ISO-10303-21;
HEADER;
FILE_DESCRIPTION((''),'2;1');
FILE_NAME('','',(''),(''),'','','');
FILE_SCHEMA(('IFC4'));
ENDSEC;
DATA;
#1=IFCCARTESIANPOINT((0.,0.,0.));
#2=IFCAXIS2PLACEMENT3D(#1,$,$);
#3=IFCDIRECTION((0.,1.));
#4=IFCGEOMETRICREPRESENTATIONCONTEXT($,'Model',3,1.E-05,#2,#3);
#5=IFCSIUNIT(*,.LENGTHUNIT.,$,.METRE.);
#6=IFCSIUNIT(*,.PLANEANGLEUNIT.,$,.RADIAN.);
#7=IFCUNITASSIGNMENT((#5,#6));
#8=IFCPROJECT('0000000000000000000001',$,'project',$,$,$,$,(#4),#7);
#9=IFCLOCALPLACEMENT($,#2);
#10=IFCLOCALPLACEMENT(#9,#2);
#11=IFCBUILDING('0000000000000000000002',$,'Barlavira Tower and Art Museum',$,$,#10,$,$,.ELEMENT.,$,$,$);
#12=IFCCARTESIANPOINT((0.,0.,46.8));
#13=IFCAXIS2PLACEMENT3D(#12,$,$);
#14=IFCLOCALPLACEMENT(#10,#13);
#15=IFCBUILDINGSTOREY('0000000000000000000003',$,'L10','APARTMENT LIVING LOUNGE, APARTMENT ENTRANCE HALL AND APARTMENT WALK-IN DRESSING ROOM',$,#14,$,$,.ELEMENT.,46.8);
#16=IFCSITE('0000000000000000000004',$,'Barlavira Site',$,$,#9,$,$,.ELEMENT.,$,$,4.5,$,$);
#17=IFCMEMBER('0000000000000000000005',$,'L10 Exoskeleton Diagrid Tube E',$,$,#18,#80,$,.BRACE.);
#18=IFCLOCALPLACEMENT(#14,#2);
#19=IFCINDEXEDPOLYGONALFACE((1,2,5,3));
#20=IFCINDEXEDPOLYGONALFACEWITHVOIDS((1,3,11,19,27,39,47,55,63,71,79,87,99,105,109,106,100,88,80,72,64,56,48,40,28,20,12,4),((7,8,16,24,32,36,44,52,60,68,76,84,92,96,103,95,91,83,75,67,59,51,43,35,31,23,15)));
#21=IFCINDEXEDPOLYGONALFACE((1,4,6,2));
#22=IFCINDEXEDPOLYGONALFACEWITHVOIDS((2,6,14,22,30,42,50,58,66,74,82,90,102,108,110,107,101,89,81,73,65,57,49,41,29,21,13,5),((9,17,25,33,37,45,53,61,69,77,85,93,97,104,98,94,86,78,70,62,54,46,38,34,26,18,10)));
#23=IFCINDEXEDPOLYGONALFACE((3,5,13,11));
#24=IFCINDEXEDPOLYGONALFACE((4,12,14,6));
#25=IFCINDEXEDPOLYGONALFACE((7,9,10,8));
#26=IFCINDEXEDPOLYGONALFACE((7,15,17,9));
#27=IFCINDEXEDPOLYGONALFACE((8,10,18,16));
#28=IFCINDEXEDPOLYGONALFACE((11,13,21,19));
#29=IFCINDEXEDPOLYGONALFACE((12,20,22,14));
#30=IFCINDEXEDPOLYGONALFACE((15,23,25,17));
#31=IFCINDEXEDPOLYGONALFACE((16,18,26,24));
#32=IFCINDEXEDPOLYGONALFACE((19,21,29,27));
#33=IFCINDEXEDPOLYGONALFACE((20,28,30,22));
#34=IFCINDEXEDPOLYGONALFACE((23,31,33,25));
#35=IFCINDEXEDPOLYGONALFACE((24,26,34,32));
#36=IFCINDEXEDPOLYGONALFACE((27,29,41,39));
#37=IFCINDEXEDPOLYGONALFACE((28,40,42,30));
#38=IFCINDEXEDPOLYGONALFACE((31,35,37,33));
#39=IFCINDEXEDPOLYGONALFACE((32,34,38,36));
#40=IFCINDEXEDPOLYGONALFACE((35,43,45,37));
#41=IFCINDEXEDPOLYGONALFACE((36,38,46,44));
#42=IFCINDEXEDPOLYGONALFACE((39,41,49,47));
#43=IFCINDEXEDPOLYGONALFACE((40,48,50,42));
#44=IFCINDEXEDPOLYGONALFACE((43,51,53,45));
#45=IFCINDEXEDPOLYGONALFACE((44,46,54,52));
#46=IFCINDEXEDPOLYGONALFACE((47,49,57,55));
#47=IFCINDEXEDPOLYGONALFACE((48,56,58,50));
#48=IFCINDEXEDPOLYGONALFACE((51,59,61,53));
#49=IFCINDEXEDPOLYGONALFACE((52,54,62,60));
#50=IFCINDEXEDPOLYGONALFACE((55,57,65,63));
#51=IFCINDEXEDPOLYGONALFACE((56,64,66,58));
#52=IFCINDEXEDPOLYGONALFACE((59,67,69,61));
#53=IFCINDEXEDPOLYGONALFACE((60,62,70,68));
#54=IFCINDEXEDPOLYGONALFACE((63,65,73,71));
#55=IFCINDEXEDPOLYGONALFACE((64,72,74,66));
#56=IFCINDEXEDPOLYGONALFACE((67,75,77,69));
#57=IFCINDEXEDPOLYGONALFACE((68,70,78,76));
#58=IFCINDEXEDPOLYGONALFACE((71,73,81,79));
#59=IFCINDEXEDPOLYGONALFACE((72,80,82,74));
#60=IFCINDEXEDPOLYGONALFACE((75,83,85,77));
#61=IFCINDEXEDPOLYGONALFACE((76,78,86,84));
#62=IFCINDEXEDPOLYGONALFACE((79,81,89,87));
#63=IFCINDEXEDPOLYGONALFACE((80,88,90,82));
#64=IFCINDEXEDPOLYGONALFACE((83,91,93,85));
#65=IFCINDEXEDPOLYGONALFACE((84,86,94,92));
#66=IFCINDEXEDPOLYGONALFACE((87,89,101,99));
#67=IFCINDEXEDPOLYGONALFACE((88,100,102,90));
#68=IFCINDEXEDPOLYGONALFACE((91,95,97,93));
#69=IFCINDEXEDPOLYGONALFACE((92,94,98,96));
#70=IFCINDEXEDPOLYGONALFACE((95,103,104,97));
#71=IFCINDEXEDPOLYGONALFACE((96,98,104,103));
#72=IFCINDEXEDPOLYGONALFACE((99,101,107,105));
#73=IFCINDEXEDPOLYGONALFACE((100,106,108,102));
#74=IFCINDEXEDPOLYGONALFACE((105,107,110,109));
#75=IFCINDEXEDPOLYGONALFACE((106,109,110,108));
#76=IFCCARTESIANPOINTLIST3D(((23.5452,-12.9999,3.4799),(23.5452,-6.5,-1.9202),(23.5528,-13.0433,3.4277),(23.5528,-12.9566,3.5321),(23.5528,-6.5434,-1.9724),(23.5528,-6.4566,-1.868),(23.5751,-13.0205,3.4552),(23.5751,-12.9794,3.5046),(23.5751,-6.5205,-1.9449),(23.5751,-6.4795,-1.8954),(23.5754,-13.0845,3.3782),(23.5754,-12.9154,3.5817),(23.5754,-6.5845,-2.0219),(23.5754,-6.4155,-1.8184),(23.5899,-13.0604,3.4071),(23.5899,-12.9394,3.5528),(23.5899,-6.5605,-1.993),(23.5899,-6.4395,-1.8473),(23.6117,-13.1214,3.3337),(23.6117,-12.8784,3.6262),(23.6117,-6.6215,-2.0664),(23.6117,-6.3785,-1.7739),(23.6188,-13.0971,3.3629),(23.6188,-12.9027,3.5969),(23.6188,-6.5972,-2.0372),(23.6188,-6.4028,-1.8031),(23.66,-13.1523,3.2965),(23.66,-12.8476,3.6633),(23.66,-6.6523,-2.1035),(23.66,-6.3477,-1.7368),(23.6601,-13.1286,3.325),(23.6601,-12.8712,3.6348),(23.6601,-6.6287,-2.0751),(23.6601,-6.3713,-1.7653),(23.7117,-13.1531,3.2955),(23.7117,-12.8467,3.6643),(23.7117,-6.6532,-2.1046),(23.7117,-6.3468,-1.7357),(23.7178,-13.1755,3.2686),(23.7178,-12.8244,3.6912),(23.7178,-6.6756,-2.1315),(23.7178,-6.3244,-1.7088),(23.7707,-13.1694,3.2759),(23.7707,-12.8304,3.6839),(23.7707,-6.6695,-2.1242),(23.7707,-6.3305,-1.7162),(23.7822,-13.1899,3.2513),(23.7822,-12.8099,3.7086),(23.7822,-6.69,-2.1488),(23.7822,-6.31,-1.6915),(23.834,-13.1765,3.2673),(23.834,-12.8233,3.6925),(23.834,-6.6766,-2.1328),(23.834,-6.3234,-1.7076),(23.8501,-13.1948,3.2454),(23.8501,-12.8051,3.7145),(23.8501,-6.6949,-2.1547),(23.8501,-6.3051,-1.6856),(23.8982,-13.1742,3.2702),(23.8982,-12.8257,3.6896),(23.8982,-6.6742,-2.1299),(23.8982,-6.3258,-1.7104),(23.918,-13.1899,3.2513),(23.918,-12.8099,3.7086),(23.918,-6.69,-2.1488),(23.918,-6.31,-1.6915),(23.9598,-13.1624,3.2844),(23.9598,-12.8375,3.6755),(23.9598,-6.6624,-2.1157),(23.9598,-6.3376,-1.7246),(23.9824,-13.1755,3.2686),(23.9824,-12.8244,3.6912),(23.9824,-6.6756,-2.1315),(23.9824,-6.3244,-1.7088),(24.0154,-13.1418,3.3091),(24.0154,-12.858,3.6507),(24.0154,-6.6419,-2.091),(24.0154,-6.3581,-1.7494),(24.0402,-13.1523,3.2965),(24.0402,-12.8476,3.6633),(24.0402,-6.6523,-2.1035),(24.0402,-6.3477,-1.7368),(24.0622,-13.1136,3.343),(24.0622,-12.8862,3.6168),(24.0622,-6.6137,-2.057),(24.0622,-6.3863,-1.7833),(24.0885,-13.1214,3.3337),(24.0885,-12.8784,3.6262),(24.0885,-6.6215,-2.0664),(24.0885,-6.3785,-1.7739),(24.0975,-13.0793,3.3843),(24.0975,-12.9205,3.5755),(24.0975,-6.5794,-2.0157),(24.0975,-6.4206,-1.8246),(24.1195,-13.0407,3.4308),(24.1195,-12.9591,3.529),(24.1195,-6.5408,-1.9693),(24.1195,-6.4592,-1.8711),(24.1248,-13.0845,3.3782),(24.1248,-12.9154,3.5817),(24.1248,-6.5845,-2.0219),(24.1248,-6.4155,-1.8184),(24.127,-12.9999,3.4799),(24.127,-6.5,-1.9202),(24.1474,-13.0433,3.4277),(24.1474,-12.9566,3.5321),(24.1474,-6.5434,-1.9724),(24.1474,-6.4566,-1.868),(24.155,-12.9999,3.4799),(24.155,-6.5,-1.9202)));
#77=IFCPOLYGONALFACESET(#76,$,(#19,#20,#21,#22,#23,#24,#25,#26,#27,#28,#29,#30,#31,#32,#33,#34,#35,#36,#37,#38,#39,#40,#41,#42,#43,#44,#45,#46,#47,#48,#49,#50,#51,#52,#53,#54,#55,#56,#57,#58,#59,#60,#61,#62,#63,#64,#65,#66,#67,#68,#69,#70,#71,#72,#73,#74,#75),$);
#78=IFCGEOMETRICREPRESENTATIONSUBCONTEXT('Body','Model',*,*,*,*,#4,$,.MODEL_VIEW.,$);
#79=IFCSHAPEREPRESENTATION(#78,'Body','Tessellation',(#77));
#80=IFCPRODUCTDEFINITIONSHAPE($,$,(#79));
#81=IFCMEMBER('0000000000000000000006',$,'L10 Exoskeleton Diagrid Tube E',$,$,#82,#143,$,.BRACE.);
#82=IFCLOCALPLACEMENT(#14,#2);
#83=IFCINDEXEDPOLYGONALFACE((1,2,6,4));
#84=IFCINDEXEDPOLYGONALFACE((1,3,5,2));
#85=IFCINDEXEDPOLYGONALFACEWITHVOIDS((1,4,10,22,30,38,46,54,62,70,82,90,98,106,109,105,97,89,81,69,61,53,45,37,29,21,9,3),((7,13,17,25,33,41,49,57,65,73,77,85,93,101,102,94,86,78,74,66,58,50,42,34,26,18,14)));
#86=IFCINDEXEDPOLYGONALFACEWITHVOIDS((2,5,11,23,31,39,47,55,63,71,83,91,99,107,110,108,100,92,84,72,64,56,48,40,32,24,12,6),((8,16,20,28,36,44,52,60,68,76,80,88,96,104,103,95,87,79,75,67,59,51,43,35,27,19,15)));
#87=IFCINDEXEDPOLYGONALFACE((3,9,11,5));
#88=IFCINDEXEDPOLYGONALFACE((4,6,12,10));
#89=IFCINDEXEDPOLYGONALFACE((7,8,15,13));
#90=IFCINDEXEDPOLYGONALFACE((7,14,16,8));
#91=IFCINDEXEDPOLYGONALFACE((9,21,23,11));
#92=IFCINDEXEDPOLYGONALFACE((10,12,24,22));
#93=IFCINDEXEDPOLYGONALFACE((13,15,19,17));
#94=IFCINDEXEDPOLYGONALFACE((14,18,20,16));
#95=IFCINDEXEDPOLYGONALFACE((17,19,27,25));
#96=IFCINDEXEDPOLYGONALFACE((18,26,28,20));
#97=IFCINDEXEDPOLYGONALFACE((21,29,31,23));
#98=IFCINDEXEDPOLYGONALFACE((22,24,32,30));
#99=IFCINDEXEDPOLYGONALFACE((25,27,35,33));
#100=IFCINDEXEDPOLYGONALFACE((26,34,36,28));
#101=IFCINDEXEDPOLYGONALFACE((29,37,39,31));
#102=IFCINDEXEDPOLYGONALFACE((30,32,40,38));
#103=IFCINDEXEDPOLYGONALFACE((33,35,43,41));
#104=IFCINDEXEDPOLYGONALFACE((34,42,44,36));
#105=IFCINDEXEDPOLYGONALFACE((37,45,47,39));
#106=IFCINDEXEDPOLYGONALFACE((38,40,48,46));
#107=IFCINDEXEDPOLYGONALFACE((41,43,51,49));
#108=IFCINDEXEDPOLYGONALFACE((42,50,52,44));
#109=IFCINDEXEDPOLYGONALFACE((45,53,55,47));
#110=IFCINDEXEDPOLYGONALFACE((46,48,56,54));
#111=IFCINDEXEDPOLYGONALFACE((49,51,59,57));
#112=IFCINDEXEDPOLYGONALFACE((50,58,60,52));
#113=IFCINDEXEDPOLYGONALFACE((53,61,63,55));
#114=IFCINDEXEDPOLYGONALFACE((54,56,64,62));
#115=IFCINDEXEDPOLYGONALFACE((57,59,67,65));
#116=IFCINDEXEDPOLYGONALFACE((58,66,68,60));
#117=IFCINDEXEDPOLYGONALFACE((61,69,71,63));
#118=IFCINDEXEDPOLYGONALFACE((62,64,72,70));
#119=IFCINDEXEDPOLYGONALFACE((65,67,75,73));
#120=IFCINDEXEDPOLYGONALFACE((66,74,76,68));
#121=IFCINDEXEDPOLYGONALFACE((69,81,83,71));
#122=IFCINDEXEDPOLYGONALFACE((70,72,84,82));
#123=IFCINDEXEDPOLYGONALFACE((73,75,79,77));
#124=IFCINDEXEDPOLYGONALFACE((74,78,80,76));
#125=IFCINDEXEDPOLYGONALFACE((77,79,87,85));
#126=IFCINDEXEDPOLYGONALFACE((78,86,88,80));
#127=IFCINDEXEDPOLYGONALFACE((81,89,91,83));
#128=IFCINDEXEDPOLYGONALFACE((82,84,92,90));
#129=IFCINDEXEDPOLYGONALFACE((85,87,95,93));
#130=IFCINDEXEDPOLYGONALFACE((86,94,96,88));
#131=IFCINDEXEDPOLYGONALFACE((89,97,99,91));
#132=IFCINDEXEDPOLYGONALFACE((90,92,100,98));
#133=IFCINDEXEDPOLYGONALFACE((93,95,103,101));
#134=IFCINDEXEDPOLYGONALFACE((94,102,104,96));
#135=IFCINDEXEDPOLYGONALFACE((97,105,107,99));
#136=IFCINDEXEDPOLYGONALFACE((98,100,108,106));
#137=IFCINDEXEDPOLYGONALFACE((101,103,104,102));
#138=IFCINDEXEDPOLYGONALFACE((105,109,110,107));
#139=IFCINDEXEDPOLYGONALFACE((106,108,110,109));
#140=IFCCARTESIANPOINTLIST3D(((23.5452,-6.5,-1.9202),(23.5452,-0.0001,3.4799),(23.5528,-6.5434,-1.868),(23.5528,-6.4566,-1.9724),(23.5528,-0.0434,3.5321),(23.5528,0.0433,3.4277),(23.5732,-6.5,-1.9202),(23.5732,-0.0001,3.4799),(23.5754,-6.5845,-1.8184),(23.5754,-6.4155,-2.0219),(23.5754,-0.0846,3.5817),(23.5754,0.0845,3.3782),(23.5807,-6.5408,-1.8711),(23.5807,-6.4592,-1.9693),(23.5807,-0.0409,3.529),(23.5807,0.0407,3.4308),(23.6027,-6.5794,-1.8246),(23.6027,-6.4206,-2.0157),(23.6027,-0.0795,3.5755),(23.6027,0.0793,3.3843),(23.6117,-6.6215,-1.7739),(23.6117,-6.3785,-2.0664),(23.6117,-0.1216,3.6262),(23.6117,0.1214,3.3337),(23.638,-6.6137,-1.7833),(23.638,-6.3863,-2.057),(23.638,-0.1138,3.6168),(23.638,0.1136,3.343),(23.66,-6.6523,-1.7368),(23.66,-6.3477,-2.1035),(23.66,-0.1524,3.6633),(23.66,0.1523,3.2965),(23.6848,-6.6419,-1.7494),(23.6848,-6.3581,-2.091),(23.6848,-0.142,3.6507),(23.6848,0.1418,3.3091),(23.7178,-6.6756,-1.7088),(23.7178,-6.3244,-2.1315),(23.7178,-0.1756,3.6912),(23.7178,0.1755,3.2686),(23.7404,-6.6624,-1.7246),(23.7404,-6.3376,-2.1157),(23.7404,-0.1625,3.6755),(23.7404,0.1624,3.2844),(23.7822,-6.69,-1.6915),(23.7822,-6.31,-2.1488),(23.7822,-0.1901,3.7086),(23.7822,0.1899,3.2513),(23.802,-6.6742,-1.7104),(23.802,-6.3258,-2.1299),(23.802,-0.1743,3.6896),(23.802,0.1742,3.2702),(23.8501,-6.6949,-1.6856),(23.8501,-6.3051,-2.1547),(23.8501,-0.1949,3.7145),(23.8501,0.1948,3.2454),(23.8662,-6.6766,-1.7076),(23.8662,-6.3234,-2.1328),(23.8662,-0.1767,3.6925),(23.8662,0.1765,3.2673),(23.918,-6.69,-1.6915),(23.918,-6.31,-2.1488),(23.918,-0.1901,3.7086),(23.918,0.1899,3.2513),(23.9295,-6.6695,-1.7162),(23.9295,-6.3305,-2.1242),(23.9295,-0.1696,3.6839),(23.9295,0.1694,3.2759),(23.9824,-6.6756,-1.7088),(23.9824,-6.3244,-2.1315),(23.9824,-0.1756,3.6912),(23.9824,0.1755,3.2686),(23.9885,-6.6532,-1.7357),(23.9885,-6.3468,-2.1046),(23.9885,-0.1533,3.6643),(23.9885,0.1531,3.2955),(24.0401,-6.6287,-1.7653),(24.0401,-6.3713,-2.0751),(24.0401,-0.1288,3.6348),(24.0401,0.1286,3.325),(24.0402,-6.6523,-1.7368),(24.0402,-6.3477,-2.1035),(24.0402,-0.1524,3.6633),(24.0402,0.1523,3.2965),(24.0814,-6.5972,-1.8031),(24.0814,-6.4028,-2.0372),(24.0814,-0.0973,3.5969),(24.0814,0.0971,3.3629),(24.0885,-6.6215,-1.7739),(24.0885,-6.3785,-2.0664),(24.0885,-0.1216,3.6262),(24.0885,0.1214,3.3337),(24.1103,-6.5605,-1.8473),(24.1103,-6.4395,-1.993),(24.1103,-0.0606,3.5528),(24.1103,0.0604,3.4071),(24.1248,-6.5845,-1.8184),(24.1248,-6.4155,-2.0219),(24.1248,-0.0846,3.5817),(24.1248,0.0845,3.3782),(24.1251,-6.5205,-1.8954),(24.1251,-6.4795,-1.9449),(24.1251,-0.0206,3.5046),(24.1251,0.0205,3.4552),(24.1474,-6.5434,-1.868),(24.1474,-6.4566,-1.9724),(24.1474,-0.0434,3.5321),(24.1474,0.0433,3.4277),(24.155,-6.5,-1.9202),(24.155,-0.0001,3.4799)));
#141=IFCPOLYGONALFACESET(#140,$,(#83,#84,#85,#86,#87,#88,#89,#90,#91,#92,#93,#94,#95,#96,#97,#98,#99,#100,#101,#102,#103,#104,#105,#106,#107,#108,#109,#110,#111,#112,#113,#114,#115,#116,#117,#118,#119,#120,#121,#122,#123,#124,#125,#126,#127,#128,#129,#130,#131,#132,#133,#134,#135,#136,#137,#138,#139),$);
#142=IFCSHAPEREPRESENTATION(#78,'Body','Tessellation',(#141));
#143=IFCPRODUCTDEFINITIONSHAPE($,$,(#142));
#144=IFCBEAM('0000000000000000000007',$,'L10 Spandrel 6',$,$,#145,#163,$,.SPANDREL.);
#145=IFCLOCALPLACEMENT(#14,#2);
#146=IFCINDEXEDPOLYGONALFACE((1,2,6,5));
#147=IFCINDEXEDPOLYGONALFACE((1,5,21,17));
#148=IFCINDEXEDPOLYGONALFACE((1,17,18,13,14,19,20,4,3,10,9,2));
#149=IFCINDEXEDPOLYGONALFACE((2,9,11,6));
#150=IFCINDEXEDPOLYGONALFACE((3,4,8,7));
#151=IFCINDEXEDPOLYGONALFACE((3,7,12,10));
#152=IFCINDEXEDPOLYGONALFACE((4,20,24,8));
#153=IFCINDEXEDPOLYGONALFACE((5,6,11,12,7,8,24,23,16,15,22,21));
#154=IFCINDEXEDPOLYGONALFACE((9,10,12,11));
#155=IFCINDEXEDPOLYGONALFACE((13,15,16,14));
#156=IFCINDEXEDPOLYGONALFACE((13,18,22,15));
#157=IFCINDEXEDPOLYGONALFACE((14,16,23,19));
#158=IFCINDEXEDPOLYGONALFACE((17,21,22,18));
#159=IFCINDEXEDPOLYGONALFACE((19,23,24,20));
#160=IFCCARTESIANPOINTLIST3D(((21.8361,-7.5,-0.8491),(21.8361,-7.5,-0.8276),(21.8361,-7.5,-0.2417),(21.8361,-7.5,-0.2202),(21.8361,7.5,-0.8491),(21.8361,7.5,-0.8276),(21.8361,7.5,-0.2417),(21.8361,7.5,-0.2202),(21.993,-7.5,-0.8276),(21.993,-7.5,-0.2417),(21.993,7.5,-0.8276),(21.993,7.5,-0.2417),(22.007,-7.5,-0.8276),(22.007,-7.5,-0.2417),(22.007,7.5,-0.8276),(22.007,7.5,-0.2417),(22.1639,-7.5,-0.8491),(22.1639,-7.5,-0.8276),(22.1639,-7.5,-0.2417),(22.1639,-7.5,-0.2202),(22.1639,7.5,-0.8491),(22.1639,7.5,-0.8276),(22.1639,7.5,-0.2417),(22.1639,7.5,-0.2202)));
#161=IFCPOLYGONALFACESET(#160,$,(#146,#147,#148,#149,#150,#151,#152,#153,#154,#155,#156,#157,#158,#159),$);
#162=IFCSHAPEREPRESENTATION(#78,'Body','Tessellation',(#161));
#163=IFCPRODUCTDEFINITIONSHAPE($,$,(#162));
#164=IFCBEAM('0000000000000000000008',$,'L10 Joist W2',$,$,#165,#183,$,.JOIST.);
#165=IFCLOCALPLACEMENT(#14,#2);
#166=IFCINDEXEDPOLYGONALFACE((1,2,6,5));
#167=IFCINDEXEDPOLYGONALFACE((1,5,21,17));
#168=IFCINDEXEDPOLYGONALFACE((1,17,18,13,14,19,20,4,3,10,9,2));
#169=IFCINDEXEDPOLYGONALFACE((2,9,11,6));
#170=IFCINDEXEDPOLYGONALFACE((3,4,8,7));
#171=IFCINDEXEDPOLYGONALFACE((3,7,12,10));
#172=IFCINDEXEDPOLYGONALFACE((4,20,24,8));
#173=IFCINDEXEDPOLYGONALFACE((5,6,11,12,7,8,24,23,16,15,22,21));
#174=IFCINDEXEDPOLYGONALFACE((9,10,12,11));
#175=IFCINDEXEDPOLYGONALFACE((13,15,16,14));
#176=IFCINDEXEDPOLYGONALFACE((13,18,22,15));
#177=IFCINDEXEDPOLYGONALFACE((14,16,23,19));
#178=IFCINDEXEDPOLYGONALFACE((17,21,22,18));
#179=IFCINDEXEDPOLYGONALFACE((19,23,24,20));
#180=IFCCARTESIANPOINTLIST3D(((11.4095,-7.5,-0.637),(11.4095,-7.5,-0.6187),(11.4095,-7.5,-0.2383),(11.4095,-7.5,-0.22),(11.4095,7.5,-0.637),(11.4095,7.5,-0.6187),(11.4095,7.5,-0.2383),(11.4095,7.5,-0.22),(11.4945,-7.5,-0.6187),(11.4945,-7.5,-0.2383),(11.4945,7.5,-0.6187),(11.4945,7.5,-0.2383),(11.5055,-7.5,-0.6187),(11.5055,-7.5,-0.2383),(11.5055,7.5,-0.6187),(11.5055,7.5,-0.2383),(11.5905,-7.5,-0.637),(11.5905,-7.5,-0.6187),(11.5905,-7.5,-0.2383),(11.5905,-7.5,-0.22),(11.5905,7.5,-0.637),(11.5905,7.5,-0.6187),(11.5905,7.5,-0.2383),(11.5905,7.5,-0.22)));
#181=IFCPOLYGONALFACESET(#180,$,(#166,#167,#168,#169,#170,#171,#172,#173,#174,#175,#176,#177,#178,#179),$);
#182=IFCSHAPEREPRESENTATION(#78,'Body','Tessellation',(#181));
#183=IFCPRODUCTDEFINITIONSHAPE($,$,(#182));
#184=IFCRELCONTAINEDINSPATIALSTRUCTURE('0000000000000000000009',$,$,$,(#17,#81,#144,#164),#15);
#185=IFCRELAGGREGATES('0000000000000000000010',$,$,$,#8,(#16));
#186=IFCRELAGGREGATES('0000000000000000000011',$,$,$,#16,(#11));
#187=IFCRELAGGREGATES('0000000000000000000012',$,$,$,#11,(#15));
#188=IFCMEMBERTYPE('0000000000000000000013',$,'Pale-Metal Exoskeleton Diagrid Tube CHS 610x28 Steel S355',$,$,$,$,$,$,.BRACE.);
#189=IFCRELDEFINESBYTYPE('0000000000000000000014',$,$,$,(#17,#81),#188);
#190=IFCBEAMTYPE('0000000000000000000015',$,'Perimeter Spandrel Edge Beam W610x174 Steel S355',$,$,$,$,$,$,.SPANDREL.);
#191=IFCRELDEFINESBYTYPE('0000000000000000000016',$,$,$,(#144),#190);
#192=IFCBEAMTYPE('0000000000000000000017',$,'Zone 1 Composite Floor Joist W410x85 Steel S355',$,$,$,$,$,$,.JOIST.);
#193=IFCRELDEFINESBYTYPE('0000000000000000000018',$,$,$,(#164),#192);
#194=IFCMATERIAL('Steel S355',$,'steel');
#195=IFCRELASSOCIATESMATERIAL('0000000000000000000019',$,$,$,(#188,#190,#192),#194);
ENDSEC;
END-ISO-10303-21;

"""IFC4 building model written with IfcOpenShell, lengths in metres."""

from ifc_helpers import new_model, si_unit, direction, frame, origin, origin_2d, place, context, subcontext, project, spatial, hollow_circle, i_section, extrude, material, material_profile, profile_set, type_object, element, save


model = new_model("IFC4")

# Units and contexts
model_context = context("Model", 3, precision=1e-05, world=origin(), true_north=direction((0.0, 1.0)))
body_context = subcontext(model_context, "Body", "Model", "MODEL_VIEW")
ifc_project = project(units=[si_unit("LENGTHUNIT", "METRE"), si_unit("PLANEANGLEUNIT", "RADIAN")], contexts=[model_context])

# Site, building, storey
site_placement = place(None, origin())
site = spatial("IfcSite", under=ifc_project, at=site_placement, Name="Barlavira Site", CompositionType="ELEMENT", RefElevation=4.5)
building_placement = place(site_placement, origin())
building = spatial("IfcBuilding", under=site, at=building_placement, Name="Barlavira Tower and Art Museum", CompositionType="ELEMENT")
storey_placement = place(building_placement, frame((0.0, 0.0, 46.8)))
storey = spatial("IfcBuildingStorey", under=building, at=storey_placement, Name="L10", Description="APARTMENT LIVING LOUNGE, APARTMENT ENTRANCE HALL AND APARTMENT WALK-IN DRESSING ROOM", CompositionType="ELEMENT", Elevation=46.8)

# Members
ifc_material_1 = material(Name="Steel S355", Category="steel")
ifc_material_profile_1 = material_profile(ifc_material_1, hollow_circle(Radius=0.3049, WallThickness=0.0281, at=origin_2d()), Name="CHS 610.0x28.0")
ifc_profile_set_1 = profile_set([ifc_material_profile_1], Name="Steel S355")
member_type_1 = type_object("IfcMemberType", Name="Pale-Metal Exoskeleton Diagrid Tube CHS 610x28 Steel S355", PredefinedType="BRACE", material=ifc_profile_set_1)
for number, where, z_axis, x_axis, name in (
    (1, (23.8501, -6.5, -1.9202), (0.0, -0.769182, 0.63903), (1.0, 0.0, 0.0), "L10 Exoskeleton Diagrid Tube E"),
    (2, (23.8501, -6.5, -1.9202), (0.0, 0.769182, 0.63903), (-1.0, 0.0, 0.0), "L10 Exoskeleton Diagrid Tube E"),
):
    element("IfcMember", number, at=place(storey_placement, frame(where, z_axis=z_axis, x_axis=x_axis)), inside=storey, type_object=member_type_1, Name=name, PredefinedType="BRACE", context=body_context, shape_type="SweptSolid", body=[
        extrude(hollow_circle(Radius=0.3049, WallThickness=0.0281, at=origin_2d()), origin(), (0.0, 0.0, 1.0), 8.4504),
    ])

# Beams
ifc_material_profile_2 = material_profile(ifc_material_1, i_section(OverallWidth=0.3279, OverallDepth=0.6289, WebThickness=0.0139, FlangeThickness=0.0215, at=origin_2d()), Name="W610x174.0")
ifc_profile_set_2 = profile_set([ifc_material_profile_2], Name="Steel S355")
beam_type_1 = type_object("IfcBeamType", Name="Perimeter Spandrel Edge Beam W610x174 Steel S355", PredefinedType="SPANDREL", material=ifc_profile_set_2)
beam_1_placement = place(storey_placement, frame((22.0, -7.5, -0.5347), z_axis=(0.0, 1.0, 0.0), x_axis=(-1.0, 0.0, 0.0)))
element("IfcBeam", 3, at=beam_1_placement, inside=storey, type_object=beam_type_1, Name="L10 Spandrel 6", PredefinedType="SPANDREL", context=body_context, shape_type="SweptSolid", body=[
    extrude(i_section(OverallWidth=0.3279, OverallDepth=0.6289, WebThickness=0.0139, FlangeThickness=0.0215, at=origin_2d()), origin(), (0.0, 0.0, 1.0), 15.0),
])
ifc_material_profile_3 = material_profile(ifc_material_1, i_section(OverallWidth=0.1809, OverallDepth=0.417, WebThickness=0.011, FlangeThickness=0.0183, at=origin_2d()), Name="W410x85.0")
ifc_profile_set_3 = profile_set([ifc_material_profile_3], Name="Steel S355")
beam_type_2 = type_object("IfcBeamType", Name="Zone 1 Composite Floor Joist W410x85 Steel S355", PredefinedType="JOIST", material=ifc_profile_set_3)
beam_2_placement = place(storey_placement, frame((11.5, -7.5, -0.4285), z_axis=(0.0, 1.0, 0.0), x_axis=(-1.0, 0.0, 0.0)))
element("IfcBeam", 4, at=beam_2_placement, inside=storey, type_object=beam_type_2, Name="L10 Joist W2", PredefinedType="JOIST", context=body_context, shape_type="SweptSolid", body=[
    extrude(i_section(OverallWidth=0.1809, OverallDepth=0.417, WebThickness=0.011, FlangeThickness=0.0183, at=origin_2d()), origin(), (0.0, 0.0, 1.0), 15.0),
])

save(model, "model.ifc")
